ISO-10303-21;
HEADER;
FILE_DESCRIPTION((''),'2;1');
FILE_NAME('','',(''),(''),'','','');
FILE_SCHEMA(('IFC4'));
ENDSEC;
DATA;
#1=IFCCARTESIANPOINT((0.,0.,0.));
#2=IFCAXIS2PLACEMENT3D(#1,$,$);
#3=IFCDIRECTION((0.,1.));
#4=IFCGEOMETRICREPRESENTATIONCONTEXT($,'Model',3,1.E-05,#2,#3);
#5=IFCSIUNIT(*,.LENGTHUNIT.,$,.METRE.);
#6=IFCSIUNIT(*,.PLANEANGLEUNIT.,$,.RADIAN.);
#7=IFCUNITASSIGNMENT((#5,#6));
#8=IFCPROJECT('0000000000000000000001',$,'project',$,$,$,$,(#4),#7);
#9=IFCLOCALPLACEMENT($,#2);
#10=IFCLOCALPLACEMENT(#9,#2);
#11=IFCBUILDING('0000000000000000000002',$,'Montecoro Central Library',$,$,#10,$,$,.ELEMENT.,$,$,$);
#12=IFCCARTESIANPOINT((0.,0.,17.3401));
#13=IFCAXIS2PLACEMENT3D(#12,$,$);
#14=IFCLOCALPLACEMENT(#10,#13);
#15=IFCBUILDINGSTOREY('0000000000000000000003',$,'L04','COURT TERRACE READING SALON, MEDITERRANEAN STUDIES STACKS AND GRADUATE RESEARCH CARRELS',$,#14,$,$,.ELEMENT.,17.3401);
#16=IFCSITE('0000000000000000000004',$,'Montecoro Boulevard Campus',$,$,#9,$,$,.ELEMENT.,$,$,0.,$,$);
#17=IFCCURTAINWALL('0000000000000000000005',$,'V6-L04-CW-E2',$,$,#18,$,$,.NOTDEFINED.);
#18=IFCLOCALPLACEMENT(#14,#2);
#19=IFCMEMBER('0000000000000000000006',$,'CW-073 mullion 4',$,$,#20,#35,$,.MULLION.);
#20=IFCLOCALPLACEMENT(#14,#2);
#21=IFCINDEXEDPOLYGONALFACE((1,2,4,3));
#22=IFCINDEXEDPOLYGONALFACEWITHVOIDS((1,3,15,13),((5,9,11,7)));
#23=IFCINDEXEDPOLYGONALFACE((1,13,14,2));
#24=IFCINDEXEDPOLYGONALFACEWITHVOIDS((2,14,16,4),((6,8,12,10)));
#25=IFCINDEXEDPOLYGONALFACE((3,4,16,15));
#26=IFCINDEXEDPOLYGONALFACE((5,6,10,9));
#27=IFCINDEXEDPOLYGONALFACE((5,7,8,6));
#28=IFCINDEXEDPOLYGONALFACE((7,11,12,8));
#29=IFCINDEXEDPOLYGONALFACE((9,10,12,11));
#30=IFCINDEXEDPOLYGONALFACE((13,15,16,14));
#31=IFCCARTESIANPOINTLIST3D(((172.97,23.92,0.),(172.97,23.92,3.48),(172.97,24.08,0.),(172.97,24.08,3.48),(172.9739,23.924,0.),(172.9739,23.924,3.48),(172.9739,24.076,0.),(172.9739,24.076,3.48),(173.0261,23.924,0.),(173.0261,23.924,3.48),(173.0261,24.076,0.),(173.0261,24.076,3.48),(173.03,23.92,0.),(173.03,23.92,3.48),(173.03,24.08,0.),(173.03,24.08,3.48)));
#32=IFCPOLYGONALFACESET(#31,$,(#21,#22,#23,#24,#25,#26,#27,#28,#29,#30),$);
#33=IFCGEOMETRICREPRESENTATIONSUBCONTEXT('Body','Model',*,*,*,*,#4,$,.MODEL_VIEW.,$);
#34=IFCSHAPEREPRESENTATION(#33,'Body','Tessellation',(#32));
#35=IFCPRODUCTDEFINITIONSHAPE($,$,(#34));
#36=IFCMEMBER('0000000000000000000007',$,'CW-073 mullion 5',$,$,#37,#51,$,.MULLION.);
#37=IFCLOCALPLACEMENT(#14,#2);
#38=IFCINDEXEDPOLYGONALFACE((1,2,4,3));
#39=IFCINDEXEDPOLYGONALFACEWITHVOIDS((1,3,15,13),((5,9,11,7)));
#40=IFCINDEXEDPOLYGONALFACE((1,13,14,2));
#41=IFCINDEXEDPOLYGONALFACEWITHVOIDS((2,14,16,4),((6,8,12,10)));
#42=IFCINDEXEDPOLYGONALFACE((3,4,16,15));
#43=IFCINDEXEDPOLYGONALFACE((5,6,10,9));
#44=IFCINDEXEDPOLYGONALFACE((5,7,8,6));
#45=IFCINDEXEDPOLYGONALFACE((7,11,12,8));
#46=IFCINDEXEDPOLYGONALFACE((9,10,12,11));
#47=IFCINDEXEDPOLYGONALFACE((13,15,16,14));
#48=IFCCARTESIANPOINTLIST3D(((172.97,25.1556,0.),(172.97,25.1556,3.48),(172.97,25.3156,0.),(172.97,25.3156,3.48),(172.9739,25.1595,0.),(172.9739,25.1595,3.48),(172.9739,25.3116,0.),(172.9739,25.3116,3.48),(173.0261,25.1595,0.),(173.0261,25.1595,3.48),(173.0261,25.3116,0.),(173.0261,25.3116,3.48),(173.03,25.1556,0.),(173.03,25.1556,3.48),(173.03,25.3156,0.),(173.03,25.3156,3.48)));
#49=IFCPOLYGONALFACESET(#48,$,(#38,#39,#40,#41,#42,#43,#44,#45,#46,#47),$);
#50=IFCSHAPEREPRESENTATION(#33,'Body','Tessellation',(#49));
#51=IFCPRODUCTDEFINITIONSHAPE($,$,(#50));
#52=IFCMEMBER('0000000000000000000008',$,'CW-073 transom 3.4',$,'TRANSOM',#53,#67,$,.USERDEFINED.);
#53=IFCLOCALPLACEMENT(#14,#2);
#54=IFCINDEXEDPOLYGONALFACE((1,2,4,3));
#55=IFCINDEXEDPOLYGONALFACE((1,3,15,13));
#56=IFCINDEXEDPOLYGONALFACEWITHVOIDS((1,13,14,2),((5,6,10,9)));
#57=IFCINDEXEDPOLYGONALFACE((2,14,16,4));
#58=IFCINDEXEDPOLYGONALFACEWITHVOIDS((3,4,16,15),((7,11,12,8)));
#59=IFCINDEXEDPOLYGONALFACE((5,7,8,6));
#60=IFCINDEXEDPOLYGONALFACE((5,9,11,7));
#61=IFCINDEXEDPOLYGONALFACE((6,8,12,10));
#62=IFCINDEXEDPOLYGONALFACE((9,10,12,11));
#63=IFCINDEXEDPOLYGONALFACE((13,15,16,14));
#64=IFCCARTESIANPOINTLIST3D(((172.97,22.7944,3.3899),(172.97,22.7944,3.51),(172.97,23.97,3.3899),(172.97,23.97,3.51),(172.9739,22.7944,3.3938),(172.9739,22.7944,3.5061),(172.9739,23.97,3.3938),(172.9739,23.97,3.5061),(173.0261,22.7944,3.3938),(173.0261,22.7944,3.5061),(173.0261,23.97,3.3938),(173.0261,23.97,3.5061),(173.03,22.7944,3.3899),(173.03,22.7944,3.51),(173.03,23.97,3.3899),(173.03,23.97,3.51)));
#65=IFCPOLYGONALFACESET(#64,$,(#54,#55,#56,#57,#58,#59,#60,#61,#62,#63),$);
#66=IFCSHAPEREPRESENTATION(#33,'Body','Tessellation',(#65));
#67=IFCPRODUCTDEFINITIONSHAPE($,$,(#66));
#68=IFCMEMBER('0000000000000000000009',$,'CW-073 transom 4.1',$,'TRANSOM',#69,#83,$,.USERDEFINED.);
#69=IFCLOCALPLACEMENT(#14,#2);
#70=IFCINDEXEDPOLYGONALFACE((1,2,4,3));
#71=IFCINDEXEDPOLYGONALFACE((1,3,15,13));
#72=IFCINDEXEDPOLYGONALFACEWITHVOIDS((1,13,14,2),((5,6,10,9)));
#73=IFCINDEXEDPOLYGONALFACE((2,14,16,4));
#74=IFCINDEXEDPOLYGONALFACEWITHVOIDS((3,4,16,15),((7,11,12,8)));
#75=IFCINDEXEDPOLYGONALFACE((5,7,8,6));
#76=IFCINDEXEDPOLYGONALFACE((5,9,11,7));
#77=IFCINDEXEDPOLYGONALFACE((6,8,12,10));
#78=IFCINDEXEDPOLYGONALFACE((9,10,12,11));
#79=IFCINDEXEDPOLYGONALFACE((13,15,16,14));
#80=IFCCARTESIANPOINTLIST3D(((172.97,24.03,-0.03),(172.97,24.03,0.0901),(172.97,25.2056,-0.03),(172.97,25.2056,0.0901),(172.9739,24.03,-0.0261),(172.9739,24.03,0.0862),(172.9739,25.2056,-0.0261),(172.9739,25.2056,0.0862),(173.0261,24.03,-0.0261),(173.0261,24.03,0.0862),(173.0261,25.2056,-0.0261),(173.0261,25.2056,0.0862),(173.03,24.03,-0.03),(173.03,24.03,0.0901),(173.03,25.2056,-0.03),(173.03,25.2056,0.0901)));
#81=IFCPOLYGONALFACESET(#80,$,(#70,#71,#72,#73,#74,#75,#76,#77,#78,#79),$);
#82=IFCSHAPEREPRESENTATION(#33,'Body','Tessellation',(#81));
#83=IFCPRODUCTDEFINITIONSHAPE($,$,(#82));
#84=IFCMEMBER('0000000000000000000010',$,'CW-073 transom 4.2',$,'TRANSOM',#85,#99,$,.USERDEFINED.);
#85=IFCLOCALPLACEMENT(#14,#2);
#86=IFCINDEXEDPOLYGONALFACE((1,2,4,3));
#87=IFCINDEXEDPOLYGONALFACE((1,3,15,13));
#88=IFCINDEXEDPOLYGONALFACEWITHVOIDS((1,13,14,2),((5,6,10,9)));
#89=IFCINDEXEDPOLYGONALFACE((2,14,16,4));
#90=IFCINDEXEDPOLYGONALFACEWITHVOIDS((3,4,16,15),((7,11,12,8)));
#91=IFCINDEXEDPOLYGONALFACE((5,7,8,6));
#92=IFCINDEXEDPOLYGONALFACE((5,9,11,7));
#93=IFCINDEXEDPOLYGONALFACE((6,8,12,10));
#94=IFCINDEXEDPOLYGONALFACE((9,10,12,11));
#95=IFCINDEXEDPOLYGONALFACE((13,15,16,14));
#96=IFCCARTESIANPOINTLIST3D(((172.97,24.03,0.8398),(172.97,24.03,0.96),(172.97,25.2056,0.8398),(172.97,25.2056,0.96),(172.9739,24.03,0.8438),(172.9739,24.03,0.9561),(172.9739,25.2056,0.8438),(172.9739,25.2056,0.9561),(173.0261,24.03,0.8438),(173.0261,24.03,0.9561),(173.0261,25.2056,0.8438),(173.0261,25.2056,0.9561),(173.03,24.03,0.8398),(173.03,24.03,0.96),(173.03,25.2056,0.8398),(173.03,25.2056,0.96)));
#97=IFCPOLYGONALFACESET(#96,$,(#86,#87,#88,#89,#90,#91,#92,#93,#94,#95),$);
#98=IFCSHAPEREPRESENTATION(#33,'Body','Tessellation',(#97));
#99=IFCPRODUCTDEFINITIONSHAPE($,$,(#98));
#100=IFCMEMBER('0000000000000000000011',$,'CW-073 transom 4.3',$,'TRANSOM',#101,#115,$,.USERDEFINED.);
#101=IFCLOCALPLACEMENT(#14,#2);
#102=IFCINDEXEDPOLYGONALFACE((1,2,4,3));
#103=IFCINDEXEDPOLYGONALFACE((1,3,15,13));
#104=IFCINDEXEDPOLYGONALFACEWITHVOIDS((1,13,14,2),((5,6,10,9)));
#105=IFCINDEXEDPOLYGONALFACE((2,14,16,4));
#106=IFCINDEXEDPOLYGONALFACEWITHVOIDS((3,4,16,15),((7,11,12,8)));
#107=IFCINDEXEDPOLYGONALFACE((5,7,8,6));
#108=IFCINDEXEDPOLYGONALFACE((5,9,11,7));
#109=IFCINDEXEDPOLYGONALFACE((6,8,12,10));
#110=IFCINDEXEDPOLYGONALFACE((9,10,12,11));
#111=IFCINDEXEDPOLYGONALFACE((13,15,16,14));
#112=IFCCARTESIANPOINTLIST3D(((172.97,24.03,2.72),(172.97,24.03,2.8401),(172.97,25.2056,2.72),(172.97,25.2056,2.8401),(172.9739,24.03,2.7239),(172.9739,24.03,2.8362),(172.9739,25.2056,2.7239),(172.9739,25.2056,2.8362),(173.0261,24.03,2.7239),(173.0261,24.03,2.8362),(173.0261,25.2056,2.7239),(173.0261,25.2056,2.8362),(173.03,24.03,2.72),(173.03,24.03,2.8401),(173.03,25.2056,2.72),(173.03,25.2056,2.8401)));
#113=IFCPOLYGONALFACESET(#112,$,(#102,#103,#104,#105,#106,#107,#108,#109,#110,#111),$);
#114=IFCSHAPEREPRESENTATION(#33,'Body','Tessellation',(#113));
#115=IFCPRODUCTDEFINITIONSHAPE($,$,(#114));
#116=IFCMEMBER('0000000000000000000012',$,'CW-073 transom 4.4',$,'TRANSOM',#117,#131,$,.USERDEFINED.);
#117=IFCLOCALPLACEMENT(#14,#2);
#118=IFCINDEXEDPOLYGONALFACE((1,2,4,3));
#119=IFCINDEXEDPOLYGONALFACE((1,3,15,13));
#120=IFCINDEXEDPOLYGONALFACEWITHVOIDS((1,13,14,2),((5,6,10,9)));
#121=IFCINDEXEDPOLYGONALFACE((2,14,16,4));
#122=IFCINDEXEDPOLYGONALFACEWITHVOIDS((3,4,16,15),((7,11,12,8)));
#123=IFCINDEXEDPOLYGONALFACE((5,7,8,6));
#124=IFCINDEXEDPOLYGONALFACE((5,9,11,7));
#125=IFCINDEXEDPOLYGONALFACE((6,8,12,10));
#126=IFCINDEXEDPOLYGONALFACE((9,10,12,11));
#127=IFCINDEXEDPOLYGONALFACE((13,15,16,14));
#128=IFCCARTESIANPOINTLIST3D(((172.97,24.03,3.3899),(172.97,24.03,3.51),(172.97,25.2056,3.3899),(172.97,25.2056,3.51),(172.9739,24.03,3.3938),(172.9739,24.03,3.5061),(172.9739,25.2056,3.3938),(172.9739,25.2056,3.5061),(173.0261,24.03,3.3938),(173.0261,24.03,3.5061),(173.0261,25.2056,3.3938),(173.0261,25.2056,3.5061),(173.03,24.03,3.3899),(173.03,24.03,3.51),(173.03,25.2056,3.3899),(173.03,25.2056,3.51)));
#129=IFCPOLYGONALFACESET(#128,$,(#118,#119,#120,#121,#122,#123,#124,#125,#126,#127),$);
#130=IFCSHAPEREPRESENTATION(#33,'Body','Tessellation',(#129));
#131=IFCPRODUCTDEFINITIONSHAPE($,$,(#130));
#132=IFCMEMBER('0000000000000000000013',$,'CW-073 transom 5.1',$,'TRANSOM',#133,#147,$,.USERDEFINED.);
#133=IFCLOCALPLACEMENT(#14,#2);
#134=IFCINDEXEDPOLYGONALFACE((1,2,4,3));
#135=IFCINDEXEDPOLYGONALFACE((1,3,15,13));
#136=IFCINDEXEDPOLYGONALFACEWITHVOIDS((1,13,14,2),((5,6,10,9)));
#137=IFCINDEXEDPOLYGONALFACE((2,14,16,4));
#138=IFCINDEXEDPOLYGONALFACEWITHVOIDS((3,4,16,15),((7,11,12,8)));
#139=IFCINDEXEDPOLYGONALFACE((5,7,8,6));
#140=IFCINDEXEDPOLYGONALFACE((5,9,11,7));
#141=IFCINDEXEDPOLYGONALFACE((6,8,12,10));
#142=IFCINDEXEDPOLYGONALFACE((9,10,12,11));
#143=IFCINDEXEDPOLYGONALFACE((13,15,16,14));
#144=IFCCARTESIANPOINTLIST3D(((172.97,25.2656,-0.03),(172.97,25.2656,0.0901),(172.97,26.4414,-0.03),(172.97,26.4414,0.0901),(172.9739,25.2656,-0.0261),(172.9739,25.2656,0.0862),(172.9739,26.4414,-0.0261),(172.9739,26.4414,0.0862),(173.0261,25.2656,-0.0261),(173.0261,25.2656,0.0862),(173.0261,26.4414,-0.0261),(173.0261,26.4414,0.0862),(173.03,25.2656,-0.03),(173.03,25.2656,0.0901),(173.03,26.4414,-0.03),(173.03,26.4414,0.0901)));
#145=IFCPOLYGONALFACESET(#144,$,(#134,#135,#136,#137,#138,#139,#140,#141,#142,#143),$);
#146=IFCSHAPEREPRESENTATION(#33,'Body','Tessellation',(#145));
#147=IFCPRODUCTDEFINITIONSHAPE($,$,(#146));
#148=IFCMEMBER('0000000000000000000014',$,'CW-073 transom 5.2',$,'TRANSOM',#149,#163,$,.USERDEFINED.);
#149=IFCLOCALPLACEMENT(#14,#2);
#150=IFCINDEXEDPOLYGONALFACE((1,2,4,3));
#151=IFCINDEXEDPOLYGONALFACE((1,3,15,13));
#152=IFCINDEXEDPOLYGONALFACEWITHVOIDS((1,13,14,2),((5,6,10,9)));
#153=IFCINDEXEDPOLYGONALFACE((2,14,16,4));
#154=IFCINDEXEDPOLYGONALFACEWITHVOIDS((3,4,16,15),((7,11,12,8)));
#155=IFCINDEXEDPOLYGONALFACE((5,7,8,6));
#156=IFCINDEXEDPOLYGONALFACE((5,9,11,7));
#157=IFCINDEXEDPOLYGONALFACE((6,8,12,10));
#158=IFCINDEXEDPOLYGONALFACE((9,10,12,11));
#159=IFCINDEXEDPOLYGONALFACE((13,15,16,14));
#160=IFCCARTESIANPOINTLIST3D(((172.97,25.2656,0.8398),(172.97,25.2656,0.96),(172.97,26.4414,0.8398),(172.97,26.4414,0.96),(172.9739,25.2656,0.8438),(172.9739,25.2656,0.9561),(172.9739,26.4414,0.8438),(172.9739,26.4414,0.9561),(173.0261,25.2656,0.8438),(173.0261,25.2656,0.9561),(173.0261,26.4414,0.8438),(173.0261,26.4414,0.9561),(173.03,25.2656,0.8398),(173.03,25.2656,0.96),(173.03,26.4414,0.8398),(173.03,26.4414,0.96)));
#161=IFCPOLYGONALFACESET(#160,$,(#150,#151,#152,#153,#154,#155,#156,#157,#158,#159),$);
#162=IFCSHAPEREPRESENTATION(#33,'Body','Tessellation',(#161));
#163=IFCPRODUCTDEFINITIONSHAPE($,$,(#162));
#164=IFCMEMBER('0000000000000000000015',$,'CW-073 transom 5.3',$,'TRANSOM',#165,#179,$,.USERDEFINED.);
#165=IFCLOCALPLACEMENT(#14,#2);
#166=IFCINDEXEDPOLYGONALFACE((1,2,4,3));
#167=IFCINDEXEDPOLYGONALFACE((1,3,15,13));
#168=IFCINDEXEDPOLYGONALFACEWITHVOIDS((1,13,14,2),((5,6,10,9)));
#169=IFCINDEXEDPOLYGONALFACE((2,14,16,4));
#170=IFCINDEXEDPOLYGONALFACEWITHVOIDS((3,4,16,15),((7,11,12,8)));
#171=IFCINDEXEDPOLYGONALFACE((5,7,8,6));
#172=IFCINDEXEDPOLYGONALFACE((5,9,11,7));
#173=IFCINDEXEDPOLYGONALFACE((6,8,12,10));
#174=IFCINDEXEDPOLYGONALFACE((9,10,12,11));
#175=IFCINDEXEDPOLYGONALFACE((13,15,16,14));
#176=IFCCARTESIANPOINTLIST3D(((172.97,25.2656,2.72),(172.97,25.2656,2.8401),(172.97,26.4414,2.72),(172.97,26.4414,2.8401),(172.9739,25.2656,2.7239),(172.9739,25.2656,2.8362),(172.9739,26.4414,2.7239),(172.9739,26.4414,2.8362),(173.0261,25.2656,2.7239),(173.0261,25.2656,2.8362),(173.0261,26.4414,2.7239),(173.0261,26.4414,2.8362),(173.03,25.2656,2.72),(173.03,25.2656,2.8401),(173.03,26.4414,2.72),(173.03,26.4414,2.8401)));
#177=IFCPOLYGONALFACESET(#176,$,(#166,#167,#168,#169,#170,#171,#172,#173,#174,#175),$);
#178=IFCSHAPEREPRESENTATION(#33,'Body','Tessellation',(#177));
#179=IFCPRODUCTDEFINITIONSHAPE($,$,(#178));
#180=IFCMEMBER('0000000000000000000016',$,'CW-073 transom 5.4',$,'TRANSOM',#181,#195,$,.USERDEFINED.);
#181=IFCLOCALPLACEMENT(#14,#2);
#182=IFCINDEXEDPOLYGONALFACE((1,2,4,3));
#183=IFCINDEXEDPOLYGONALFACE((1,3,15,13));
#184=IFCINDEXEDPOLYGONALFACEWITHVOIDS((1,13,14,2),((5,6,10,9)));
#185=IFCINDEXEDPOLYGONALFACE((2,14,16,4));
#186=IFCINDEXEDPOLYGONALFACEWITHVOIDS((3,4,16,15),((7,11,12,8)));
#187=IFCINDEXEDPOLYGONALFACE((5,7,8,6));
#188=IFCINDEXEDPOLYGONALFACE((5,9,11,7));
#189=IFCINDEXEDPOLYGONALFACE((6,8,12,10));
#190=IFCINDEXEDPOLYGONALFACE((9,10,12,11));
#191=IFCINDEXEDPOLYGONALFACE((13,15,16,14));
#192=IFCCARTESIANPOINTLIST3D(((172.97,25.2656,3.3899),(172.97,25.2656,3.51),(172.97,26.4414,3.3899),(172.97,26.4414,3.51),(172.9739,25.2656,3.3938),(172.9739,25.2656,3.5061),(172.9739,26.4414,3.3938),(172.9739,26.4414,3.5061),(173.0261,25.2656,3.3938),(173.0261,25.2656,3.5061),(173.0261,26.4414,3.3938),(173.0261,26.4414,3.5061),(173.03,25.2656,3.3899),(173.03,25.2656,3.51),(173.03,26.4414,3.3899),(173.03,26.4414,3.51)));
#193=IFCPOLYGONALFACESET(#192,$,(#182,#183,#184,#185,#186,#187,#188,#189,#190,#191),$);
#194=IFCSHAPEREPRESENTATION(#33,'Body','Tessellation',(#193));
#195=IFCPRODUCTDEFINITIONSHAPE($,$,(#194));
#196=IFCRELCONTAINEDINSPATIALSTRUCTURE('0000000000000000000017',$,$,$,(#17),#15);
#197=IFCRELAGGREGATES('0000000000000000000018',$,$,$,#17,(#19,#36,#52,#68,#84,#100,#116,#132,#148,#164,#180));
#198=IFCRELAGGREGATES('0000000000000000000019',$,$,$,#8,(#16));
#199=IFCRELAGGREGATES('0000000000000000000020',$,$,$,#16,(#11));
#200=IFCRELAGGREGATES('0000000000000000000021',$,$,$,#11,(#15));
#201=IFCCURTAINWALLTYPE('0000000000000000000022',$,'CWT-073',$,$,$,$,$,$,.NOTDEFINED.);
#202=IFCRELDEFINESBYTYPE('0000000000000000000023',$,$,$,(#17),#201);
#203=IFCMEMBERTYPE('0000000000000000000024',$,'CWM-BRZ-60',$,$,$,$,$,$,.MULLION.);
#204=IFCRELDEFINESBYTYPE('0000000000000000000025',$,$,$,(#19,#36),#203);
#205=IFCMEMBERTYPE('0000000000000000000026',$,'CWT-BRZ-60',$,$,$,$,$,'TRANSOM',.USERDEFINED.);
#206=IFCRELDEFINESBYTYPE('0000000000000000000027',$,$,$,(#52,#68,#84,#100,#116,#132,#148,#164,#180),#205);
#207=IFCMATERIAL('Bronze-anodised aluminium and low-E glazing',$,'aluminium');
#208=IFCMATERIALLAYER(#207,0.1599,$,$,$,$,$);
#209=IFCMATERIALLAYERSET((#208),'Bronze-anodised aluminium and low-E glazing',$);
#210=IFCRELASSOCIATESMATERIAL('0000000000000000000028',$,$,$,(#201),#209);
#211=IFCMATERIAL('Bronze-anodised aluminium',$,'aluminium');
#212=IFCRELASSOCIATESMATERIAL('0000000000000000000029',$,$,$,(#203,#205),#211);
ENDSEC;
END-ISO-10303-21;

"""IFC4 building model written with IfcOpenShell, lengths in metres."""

from ifc_helpers import new_model, si_unit, direction, frame, origin, origin_2d, place, context, subcontext, project, spatial, hollow_rectangle, extrude, material, layer, layer_set, material_profile, profile_set, type_object, element, aggregate, save


model = new_model("IFC4")

# Units and contexts
model_context = context("Model", 3, precision=1e-05, world=origin(), true_north=direction((0.0, 1.0)))
body_context = subcontext(model_context, "Body", "Model", "MODEL_VIEW")
ifc_project = project(units=[si_unit("LENGTHUNIT", "METRE"), si_unit("PLANEANGLEUNIT", "RADIAN")], contexts=[model_context])

# Site, building, storey
site_placement = place(None, origin())
site = spatial("IfcSite", under=ifc_project, at=site_placement, Name="Montecoro Boulevard Campus", CompositionType="ELEMENT", RefElevation=0.0)
building_placement = place(site_placement, origin())
building = spatial("IfcBuilding", under=site, at=building_placement, Name="Montecoro Central Library", CompositionType="ELEMENT")
storey_placement = place(building_placement, frame((0.0, 0.0, 17.3401)))
storey = spatial("IfcBuildingStorey", under=building, at=storey_placement, Name="L04", Description="COURT TERRACE READING SALON, MEDITERRANEAN STUDIES STACKS AND GRADUATE RESEARCH CARRELS", CompositionType="ELEMENT", Elevation=17.3401)

# Curtain wall, members
ifc_material_1 = material(Name="Bronze-anodised aluminium and low-E glazing", Category="aluminium")
ifc_layer_1 = layer(ifc_material_1, 0.1599)
ifc_layer_set_1 = layer_set([ifc_layer_1], Name="Bronze-anodised aluminium and low-E glazing")
curtain_wall_type = type_object("IfcCurtainWallType", Name="CWT-073", PredefinedType="NOTDEFINED", material=ifc_layer_set_1)
curtain_wall_placement = place(storey_placement, origin())
curtain_wall = element("IfcCurtainWall", 1, at=curtain_wall_placement, inside=storey, type_object=curtain_wall_type, Name="V6-L04-CW-E2", PredefinedType="NOTDEFINED")
ifc_material_2 = material(Name="Bronze-anodised aluminium", Category="aluminium")
ifc_material_profile_1 = material_profile(ifc_material_2, hollow_rectangle(XDim=0.0601, YDim=0.1599, WallThickness=0.0039, at=origin_2d()), Name="CWM 160x60x4.0")
ifc_profile_set_1 = profile_set([ifc_material_profile_1], Name="Bronze-anodised aluminium")
member_type_1 = type_object("IfcMemberType", Name="CWM-BRZ-60", PredefinedType="MULLION", material=ifc_profile_set_1)
member_1_placement = place(storey_placement, frame((173.0, 24.0, 0.0), z_axis=(0.0, 0.0, 1.0), x_axis=(-1.0, 0.0, 0.0)))
member_1 = element("IfcMember", 2, at=member_1_placement, type_object=member_type_1, Name="CW-073 mullion 4", PredefinedType="MULLION", context=body_context, shape_type="SweptSolid", body=[
    extrude(hollow_rectangle(XDim=0.0601, YDim=0.1599, WallThickness=0.0039, at=origin_2d()), origin(), (0.0, 0.0, 1.0), 3.48),
])
member_2_placement = place(storey_placement, frame((173.0, 25.2356, 0.0), z_axis=(0.0, 0.0, 1.0), x_axis=(-1.0, 0.0, 0.0)))
member_2 = element("IfcMember", 3, at=member_2_placement, type_object=member_type_1, Name="CW-073 mullion 5", PredefinedType="MULLION", context=body_context, shape_type="SweptSolid", body=[
    extrude(hollow_rectangle(XDim=0.0601, YDim=0.1599, WallThickness=0.0039, at=origin_2d()), origin(), (0.0, 0.0, 1.0), 3.48),
])
ifc_material_profile_2 = material_profile(ifc_material_2, hollow_rectangle(XDim=0.0601, YDim=0.1201, WallThickness=0.0039, at=origin_2d()), Name="CWT 120x60x4.0")
ifc_profile_set_2 = profile_set([ifc_material_profile_2], Name="Bronze-anodised aluminium")
member_type_2 = type_object("IfcMemberType", Name="CWT-BRZ-60", ElementType="TRANSOM", PredefinedType="USERDEFINED", material=ifc_profile_set_2)
member_3_placement = place(storey_placement, frame((173.0, 22.7944, 3.45), z_axis=(0.0, 1.0, 0.0), x_axis=(-1.0, 0.0, 0.0)))
member_3 = element("IfcMember", 4, at=member_3_placement, type_object=member_type_2, Name="CW-073 transom 3.4", ObjectType="TRANSOM", PredefinedType="USERDEFINED", context=body_context, shape_type="SweptSolid", body=[
    extrude(hollow_rectangle(XDim=0.0601, YDim=0.1201, WallThickness=0.0039, at=origin_2d()), origin(), (0.0, 0.0, 1.0), 1.1755),
])
member_4_placement = place(storey_placement, frame((173.0, 24.03, 0.03), z_axis=(0.0, 1.0, 0.0), x_axis=(-1.0, 0.0, 0.0)))
member_4 = element("IfcMember", 5, at=member_4_placement, type_object=member_type_2, Name="CW-073 transom 4.1", ObjectType="TRANSOM", PredefinedType="USERDEFINED", context=body_context, shape_type="SweptSolid", body=[
    extrude(hollow_rectangle(XDim=0.0601, YDim=0.1201, WallThickness=0.0039, at=origin_2d()), origin(), (0.0, 0.0, 1.0), 1.1755),
])
member_5_placement = place(storey_placement, frame((173.0, 24.03, 0.8999), z_axis=(0.0, 1.0, 0.0), x_axis=(-1.0, 0.0, 0.0)))
member_5 = element("IfcMember", 6, at=member_5_placement, type_object=member_type_2, Name="CW-073 transom 4.2", ObjectType="TRANSOM", PredefinedType="USERDEFINED", context=body_context, shape_type="SweptSolid", body=[
    extrude(hollow_rectangle(XDim=0.0601, YDim=0.1201, WallThickness=0.0039, at=origin_2d()), origin(), (0.0, 0.0, 1.0), 1.1755),
])
member_6_placement = place(storey_placement, frame((173.0, 24.03, 2.78), z_axis=(0.0, 1.0, 0.0), x_axis=(-1.0, 0.0, 0.0)))
member_6 = element("IfcMember", 7, at=member_6_placement, type_object=member_type_2, Name="CW-073 transom 4.3", ObjectType="TRANSOM", PredefinedType="USERDEFINED", context=body_context, shape_type="SweptSolid", body=[
    extrude(hollow_rectangle(XDim=0.0601, YDim=0.1201, WallThickness=0.0039, at=origin_2d()), origin(), (0.0, 0.0, 1.0), 1.1755),
])
member_7_placement = place(storey_placement, frame((173.0, 24.03, 3.45), z_axis=(0.0, 1.0, 0.0), x_axis=(-1.0, 0.0, 0.0)))
member_7 = element("IfcMember", 8, at=member_7_placement, type_object=member_type_2, Name="CW-073 transom 4.4", ObjectType="TRANSOM", PredefinedType="USERDEFINED", context=body_context, shape_type="SweptSolid", body=[
    extrude(hollow_rectangle(XDim=0.0601, YDim=0.1201, WallThickness=0.0039, at=origin_2d()), origin(), (0.0, 0.0, 1.0), 1.1755),
])
member_8_placement = place(storey_placement, frame((173.0, 25.2656, 0.03), z_axis=(0.0, 1.0, 0.0), x_axis=(-1.0, 0.0, 0.0)))
member_8 = element("IfcMember", 9, at=member_8_placement, type_object=member_type_2, Name="CW-073 transom 5.1", ObjectType="TRANSOM", PredefinedType="USERDEFINED", context=body_context, shape_type="SweptSolid", body=[
    extrude(hollow_rectangle(XDim=0.0601, YDim=0.1201, WallThickness=0.0039, at=origin_2d()), origin(), (0.0, 0.0, 1.0), 1.1758),
])
member_9_placement = place(storey_placement, frame((173.0, 25.2656, 0.8999), z_axis=(0.0, 1.0, 0.0), x_axis=(-1.0, 0.0, 0.0)))
member_9 = element("IfcMember", 10, at=member_9_placement, type_object=member_type_2, Name="CW-073 transom 5.2", ObjectType="TRANSOM", PredefinedType="USERDEFINED", context=body_context, shape_type="SweptSolid", body=[
    extrude(hollow_rectangle(XDim=0.0601, YDim=0.1201, WallThickness=0.0039, at=origin_2d()), origin(), (0.0, 0.0, 1.0), 1.1758),
])
member_10_placement = place(storey_placement, frame((173.0, 25.2656, 2.78), z_axis=(0.0, 1.0, 0.0), x_axis=(-1.0, 0.0, 0.0)))
member_10 = element("IfcMember", 11, at=member_10_placement, type_object=member_type_2, Name="CW-073 transom 5.3", ObjectType="TRANSOM", PredefinedType="USERDEFINED", context=body_context, shape_type="SweptSolid", body=[
    extrude(hollow_rectangle(XDim=0.0601, YDim=0.1201, WallThickness=0.0039, at=origin_2d()), origin(), (0.0, 0.0, 1.0), 1.1758),
])
member_11_placement = place(storey_placement, frame((173.0, 25.2656, 3.45), z_axis=(0.0, 1.0, 0.0), x_axis=(-1.0, 0.0, 0.0)))
member_11 = element("IfcMember", 12, at=member_11_placement, type_object=member_type_2, Name="CW-073 transom 5.4", ObjectType="TRANSOM", PredefinedType="USERDEFINED", context=body_context, shape_type="SweptSolid", body=[
    extrude(hollow_rectangle(XDim=0.0601, YDim=0.1201, WallThickness=0.0039, at=origin_2d()), origin(), (0.0, 0.0, 1.0), 1.1758),
])
aggregate(curtain_wall, [member_1, member_2, member_3, member_4, member_5, member_6, member_7, member_8, member_9, member_10, member_11])

save(model, "model.ifc")
